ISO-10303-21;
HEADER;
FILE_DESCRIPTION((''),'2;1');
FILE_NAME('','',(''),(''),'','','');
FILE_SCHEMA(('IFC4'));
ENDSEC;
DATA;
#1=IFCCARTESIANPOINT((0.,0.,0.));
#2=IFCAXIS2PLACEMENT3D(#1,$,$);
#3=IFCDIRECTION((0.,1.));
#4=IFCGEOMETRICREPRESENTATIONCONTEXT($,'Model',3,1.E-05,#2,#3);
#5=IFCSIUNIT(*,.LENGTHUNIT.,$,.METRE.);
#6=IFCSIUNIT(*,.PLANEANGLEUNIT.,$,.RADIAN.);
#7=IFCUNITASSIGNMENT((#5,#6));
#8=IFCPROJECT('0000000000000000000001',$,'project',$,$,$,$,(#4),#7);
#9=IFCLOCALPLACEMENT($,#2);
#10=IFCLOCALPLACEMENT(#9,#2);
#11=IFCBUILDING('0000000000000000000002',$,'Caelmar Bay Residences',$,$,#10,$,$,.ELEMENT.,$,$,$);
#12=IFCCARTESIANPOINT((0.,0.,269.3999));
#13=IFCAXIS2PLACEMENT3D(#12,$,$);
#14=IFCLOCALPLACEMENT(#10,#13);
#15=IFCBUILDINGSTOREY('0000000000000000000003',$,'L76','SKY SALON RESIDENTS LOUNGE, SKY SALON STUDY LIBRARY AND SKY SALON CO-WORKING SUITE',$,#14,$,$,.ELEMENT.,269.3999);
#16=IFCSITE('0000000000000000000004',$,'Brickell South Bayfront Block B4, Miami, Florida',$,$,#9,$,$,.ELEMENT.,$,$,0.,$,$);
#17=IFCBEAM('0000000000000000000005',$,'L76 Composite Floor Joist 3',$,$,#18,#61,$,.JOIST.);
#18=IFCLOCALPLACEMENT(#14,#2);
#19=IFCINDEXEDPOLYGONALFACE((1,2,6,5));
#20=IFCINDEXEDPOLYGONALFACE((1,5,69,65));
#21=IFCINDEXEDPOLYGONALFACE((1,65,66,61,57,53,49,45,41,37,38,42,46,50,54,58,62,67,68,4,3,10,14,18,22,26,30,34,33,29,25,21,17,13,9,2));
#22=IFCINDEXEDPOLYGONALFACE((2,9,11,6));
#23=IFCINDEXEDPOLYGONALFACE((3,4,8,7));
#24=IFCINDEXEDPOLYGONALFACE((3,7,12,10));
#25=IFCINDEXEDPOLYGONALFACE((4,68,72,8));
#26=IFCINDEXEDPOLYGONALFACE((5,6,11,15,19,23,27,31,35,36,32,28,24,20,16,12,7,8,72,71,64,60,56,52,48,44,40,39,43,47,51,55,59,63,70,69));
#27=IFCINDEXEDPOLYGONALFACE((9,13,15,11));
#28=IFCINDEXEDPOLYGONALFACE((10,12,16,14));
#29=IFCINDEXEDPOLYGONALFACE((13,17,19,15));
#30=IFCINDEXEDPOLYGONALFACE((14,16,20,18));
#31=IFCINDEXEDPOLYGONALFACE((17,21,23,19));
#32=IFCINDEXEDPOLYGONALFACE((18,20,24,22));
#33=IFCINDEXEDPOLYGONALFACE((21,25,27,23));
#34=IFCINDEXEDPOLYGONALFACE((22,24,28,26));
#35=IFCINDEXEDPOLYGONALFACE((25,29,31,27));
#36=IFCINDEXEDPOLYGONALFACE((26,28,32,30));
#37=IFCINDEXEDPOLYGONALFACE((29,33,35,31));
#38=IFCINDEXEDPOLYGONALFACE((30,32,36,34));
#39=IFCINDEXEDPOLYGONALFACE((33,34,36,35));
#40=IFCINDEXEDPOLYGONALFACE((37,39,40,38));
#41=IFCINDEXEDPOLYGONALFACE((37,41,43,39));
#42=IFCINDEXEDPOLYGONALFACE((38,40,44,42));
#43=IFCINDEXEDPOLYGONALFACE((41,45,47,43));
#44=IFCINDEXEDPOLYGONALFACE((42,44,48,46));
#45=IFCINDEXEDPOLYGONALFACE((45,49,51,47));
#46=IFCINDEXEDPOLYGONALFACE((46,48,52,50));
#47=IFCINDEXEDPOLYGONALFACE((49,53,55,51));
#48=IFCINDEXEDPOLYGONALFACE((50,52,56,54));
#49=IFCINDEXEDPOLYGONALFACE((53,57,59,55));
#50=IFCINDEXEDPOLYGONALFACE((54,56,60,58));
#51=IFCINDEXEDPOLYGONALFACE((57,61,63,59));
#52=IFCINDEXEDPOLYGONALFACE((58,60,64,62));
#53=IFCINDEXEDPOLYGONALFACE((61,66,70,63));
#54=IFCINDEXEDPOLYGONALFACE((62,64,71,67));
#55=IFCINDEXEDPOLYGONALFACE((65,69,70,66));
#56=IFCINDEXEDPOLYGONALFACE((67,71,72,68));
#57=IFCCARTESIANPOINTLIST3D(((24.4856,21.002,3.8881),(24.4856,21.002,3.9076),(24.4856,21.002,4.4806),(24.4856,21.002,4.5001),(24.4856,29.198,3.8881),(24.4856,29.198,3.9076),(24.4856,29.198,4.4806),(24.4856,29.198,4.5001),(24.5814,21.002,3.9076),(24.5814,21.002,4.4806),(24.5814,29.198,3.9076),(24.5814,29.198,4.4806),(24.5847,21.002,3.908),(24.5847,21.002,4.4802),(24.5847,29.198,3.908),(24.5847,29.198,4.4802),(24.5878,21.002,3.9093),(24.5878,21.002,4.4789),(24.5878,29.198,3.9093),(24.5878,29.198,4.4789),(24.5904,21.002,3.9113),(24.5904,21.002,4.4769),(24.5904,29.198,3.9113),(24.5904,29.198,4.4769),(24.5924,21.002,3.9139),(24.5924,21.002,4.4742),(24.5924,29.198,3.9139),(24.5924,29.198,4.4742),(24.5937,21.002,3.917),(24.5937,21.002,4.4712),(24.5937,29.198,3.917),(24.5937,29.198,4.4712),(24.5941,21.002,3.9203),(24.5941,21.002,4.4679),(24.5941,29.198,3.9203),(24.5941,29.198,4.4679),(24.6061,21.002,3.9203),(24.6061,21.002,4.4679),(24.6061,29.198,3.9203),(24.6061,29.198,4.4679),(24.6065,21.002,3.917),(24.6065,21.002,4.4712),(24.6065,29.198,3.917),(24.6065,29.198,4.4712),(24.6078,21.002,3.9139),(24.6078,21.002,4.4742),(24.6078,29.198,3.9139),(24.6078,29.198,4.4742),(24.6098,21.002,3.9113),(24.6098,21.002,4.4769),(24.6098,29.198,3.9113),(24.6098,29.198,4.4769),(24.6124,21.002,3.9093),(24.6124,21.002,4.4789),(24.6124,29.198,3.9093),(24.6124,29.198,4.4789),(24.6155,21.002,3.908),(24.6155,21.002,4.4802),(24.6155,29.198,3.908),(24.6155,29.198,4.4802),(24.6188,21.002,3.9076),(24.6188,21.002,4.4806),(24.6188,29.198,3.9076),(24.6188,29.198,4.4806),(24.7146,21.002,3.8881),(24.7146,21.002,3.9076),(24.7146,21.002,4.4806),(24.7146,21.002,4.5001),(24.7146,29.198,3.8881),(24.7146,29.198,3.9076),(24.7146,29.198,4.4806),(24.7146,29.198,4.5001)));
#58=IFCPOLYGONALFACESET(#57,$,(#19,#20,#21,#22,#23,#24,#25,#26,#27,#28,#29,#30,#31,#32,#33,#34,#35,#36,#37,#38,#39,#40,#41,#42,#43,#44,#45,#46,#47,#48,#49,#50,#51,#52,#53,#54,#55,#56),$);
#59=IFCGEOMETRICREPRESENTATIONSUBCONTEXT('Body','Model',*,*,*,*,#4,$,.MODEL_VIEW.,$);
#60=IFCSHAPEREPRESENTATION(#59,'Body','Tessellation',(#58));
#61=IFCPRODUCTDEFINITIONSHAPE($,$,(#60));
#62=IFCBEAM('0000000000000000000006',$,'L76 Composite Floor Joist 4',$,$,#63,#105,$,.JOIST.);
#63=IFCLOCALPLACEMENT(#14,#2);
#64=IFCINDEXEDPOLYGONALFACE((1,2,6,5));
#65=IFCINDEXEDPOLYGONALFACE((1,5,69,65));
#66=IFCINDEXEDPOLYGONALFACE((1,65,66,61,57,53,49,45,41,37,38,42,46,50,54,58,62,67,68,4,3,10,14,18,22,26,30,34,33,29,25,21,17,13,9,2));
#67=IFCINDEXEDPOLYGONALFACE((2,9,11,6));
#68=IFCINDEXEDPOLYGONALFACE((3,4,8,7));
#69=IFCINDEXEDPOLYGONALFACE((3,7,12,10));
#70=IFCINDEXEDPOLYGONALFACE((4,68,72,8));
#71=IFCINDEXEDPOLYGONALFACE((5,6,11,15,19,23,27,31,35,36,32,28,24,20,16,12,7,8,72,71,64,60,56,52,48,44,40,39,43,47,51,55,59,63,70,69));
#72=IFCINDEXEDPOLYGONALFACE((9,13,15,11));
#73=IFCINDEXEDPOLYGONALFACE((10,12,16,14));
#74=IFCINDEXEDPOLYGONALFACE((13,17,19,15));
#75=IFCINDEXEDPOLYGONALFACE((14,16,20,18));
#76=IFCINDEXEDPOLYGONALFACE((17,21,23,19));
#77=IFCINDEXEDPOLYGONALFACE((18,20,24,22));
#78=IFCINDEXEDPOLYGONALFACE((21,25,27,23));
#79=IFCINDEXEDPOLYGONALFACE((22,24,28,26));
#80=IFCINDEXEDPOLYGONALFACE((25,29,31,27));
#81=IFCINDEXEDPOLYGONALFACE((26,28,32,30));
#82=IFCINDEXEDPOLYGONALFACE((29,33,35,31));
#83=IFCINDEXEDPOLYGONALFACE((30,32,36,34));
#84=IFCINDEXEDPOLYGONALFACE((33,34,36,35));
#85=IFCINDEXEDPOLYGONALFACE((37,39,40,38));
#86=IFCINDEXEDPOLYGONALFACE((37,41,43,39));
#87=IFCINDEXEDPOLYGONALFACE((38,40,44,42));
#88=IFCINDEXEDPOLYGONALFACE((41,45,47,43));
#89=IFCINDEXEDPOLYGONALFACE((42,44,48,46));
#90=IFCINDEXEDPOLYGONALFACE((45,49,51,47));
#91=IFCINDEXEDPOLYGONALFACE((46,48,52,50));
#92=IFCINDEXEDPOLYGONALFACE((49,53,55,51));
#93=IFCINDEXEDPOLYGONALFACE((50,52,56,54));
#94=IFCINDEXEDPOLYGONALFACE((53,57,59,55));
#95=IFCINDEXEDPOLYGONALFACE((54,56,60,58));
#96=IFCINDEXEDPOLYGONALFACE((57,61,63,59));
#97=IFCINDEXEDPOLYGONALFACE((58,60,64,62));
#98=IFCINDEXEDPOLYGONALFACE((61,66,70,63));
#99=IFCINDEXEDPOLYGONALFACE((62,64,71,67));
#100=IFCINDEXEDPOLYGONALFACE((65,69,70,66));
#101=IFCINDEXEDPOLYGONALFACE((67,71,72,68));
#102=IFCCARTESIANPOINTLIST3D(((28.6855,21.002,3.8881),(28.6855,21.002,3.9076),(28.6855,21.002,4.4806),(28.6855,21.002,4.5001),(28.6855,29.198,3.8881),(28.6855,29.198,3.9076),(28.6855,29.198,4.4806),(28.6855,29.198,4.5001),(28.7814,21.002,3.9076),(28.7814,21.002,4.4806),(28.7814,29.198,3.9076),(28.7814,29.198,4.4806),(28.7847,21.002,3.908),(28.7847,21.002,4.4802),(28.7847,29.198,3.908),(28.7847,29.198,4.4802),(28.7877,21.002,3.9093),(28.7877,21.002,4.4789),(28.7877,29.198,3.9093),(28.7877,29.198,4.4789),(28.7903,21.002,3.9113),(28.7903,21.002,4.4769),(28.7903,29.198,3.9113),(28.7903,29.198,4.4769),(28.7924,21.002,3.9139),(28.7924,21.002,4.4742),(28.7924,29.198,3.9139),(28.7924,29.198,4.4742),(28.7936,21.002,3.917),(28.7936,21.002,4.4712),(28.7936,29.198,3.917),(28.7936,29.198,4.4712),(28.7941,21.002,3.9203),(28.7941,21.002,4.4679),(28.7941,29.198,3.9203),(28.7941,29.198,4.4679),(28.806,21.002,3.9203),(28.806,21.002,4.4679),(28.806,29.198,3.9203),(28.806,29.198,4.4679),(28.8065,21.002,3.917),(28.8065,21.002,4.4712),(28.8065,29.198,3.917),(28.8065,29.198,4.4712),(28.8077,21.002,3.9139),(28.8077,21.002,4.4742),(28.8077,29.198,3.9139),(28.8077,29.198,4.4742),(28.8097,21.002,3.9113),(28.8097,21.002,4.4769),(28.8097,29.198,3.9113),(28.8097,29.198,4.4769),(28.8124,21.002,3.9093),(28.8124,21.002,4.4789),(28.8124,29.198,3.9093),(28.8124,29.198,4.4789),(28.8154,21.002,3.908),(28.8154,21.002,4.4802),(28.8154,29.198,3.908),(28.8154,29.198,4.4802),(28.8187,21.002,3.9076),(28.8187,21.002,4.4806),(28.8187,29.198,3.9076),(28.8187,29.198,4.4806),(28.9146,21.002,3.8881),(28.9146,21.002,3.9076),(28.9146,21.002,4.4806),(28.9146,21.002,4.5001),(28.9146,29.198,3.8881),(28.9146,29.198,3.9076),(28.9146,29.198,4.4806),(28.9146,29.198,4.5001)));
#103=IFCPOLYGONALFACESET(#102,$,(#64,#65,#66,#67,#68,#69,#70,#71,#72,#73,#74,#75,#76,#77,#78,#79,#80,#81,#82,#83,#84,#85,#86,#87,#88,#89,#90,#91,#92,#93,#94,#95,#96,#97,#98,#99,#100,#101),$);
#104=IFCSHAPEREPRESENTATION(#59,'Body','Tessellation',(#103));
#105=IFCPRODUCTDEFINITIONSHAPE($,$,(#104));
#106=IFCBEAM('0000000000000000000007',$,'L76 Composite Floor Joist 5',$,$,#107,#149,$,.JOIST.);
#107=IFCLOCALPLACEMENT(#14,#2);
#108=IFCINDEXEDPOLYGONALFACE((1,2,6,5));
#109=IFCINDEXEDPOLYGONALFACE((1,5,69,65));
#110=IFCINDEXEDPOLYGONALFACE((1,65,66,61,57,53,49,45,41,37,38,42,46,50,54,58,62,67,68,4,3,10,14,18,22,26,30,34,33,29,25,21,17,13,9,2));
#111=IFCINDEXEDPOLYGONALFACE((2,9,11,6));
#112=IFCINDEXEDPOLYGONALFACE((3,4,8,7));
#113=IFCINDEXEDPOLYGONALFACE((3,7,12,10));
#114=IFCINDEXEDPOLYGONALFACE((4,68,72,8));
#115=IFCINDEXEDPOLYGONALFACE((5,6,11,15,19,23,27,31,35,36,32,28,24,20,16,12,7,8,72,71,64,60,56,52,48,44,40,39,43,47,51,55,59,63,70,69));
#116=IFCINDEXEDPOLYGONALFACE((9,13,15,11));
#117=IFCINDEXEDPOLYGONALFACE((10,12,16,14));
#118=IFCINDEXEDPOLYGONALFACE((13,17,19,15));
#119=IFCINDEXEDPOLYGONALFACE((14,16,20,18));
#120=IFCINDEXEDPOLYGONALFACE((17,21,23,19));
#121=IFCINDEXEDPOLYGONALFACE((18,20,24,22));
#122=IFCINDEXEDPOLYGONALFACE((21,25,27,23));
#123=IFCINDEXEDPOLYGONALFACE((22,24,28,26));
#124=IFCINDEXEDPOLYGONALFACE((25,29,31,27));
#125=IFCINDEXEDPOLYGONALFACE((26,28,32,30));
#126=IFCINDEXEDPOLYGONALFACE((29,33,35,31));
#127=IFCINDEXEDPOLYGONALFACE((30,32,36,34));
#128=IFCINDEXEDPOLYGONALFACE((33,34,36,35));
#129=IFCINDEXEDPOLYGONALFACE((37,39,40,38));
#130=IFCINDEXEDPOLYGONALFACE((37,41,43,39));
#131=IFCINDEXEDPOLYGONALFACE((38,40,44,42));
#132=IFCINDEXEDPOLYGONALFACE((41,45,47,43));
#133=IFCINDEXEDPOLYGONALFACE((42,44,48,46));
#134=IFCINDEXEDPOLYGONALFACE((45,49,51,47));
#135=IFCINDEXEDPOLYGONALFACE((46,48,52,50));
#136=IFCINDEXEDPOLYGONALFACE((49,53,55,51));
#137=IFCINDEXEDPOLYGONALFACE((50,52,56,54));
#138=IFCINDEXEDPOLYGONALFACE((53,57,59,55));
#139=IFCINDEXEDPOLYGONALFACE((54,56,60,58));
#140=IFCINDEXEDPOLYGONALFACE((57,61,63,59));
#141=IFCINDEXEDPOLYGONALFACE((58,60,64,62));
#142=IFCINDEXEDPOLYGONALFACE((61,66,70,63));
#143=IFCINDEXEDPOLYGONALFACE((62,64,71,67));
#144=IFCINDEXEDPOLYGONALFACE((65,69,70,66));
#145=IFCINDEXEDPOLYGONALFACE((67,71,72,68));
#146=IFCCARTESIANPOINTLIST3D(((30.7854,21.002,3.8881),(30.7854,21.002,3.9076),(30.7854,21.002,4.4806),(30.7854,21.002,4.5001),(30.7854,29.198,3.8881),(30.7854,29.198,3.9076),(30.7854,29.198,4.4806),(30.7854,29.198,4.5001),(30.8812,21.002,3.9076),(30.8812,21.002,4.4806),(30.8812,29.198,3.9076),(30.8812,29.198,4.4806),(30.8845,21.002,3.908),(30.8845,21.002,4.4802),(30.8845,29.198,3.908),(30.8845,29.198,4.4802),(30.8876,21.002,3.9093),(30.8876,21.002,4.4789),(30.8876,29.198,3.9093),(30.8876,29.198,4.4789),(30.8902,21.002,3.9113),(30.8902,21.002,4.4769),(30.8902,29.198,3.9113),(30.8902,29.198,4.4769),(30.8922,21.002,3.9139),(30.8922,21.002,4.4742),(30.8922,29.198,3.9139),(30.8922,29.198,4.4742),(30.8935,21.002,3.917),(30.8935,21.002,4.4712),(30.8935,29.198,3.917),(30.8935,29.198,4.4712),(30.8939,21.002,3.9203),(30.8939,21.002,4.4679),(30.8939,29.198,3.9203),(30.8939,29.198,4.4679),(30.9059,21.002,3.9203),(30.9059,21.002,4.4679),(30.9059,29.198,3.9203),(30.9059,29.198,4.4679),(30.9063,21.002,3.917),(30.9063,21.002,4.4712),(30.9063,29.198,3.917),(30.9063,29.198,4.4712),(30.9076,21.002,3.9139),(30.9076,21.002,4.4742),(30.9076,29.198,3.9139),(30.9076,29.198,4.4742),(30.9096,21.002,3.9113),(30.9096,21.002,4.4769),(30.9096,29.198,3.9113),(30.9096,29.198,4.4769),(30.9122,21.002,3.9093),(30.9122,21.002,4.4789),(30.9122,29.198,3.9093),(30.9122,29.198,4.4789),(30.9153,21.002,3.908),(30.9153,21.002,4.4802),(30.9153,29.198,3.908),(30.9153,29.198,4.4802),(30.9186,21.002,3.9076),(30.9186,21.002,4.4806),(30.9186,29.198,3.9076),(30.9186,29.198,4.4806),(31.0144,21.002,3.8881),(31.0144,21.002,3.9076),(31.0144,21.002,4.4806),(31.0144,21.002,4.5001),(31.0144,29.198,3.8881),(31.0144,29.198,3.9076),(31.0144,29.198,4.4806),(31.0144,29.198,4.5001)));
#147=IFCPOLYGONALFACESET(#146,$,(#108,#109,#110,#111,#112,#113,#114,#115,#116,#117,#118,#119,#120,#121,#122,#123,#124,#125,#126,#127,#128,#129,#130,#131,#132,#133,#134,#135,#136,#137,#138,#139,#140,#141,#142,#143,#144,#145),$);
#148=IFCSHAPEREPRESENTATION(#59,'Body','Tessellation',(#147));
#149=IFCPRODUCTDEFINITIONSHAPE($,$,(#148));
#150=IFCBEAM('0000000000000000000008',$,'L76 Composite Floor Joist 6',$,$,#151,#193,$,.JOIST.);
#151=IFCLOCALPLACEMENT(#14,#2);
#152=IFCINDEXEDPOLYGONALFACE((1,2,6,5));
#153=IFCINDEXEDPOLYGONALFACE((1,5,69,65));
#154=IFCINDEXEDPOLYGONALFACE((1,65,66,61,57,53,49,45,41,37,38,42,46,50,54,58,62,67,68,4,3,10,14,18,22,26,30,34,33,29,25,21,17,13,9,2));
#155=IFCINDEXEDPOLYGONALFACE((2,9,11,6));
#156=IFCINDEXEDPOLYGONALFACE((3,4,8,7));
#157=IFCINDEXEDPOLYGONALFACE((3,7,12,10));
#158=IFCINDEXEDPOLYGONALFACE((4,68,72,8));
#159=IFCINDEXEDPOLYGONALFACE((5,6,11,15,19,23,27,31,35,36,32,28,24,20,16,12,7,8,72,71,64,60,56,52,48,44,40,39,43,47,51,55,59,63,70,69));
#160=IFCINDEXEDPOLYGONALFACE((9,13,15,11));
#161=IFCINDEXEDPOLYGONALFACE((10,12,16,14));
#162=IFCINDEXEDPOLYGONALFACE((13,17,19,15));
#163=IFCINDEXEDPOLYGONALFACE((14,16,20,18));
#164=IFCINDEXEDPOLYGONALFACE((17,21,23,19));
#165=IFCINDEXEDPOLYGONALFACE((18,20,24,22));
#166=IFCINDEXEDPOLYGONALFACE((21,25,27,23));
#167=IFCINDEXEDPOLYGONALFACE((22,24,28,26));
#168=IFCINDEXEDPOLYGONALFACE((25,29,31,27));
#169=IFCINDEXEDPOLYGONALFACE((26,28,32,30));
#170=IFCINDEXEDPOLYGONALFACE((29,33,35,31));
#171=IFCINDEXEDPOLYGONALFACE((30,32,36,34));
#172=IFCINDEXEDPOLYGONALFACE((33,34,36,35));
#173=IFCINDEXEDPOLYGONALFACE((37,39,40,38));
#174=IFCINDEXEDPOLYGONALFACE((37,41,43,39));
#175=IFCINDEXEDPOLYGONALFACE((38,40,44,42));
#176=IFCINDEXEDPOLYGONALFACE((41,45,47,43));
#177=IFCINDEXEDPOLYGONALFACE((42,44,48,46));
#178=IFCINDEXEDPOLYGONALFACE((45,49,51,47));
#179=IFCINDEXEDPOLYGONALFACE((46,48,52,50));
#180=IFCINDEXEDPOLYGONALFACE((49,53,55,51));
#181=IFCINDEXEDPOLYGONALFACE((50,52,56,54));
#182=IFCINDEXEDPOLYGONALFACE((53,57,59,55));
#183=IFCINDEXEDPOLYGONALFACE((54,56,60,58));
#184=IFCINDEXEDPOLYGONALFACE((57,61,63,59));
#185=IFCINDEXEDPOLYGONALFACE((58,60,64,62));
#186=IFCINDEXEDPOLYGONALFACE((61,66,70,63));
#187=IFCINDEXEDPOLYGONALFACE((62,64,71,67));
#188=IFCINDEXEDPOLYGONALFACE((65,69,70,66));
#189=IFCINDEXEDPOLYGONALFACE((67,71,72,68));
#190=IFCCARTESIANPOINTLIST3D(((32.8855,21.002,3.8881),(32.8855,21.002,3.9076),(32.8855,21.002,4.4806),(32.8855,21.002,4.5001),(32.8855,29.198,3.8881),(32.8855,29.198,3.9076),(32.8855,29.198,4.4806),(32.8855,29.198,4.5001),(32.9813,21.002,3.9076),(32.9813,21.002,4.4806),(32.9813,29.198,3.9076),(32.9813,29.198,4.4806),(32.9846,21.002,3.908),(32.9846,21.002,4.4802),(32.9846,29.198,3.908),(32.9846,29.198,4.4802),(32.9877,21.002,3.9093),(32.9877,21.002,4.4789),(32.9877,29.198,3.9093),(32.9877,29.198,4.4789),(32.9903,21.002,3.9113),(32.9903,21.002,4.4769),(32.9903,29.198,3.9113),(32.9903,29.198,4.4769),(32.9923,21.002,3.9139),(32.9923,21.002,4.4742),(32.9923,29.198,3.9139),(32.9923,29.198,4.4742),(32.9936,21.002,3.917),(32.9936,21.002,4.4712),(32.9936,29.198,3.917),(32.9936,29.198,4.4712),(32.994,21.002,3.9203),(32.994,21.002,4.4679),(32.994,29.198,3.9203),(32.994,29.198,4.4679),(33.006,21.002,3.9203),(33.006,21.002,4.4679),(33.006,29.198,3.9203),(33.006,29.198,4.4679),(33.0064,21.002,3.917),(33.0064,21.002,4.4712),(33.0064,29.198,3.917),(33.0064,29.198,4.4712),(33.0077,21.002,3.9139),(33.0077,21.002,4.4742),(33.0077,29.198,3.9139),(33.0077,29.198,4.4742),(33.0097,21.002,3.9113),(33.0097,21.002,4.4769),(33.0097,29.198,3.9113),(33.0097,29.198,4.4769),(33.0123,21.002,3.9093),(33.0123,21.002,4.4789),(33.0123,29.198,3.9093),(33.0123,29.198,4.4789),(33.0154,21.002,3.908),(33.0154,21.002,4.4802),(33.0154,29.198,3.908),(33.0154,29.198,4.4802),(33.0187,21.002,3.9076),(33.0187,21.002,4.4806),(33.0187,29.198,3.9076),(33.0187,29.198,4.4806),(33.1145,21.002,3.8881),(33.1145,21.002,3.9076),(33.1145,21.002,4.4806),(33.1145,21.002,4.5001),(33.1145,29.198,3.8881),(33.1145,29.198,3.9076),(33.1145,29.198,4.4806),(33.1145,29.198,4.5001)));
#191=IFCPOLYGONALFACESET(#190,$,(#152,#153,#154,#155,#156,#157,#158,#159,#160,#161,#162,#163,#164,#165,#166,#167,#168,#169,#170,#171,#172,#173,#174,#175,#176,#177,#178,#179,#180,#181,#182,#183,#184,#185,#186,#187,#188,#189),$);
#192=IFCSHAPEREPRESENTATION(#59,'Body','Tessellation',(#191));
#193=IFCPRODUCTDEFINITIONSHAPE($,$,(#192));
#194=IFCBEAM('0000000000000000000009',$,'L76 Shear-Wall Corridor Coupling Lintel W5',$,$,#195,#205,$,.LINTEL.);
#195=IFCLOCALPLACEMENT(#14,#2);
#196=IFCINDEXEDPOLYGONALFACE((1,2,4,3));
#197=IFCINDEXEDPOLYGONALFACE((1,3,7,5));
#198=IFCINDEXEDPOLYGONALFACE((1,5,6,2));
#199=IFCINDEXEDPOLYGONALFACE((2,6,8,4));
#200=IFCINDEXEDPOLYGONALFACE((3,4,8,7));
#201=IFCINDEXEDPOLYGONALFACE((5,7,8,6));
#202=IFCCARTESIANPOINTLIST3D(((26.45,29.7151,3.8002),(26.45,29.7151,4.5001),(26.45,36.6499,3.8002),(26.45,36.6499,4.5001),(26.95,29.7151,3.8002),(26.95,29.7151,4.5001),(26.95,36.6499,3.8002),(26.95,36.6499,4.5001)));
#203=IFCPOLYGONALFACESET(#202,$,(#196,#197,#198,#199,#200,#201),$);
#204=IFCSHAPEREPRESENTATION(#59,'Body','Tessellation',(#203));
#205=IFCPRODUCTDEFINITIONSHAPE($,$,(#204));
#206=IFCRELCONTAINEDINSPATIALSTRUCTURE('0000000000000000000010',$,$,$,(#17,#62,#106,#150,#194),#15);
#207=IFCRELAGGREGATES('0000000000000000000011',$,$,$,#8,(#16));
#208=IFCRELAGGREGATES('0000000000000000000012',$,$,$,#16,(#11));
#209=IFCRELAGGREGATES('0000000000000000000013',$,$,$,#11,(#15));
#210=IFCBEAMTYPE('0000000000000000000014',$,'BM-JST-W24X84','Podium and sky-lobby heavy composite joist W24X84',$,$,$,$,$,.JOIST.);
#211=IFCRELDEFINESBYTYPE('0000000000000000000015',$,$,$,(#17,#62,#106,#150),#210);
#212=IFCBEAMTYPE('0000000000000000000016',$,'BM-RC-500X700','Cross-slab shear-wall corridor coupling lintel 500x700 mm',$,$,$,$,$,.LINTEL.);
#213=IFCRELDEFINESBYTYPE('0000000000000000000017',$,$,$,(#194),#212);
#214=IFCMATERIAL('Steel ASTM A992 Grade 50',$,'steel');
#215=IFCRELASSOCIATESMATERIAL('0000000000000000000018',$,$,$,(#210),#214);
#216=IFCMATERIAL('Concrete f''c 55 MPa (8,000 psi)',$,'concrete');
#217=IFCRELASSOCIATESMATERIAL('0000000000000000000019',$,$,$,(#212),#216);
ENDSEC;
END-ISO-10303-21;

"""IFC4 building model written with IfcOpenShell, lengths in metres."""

from ifc_helpers import new_model, si_unit, direction, frame, origin, origin_2d, place, context, subcontext, project, spatial, rectangle, i_section, extrude, material, material_profile, profile_set, type_object, element, save


model = new_model("IFC4")

# Units and contexts
model_context = context("Model", 3, precision=1e-05, world=origin(), true_north=direction((0.0, 1.0)))
body_context = subcontext(model_context, "Body", "Model", "MODEL_VIEW")
ifc_project = project(units=[si_unit("LENGTHUNIT", "METRE"), si_unit("PLANEANGLEUNIT", "RADIAN")], contexts=[model_context])

# Site, building, storey
site_placement = place(None, origin())
site = spatial("IfcSite", under=ifc_project, at=site_placement, Name="Brickell South Bayfront Block B4, Miami, Florida", CompositionType="ELEMENT", RefElevation=0.0)
building_placement = place(site_placement, origin())
building = spatial("IfcBuilding", under=site, at=building_placement, Name="Caelmar Bay Residences", CompositionType="ELEMENT")
storey_placement = place(building_placement, frame((0.0, 0.0, 269.3999)))
storey = spatial("IfcBuildingStorey", under=building, at=storey_placement, Name="L76", Description="SKY SALON RESIDENTS LOUNGE, SKY SALON STUDY LIBRARY AND SKY SALON CO-WORKING SUITE", CompositionType="ELEMENT", Elevation=269.3999)

# Shared definitions
ifc_material_1 = material(Name="Concrete f'c 55 MPa (8,000 psi)", Category="concrete")

# Beams
ifc_material_2 = material(Name="Steel ASTM A992 Grade 50", Category="steel")
ifc_material_profile_1 = material_profile(ifc_material_2, i_section(OverallWidth=0.229, OverallDepth=0.6121, WebThickness=0.012, FlangeThickness=0.0195, FilletRadius=0.0127, at=origin_2d()), Name="W24X84")
ifc_profile_set_1 = profile_set([ifc_material_profile_1], Name="Steel ASTM A992 Grade 50")
beam_type_1 = type_object("IfcBeamType", Name="BM-JST-W24X84", Description="Podium and sky-lobby heavy composite joist W24X84", PredefinedType="JOIST", material=ifc_profile_set_1)
for number, where, z_axis, x_axis, name in (
    (1, (24.6001, 21.002, 4.1941), (0.0, 1.0, 0.0), (-1.0, 0.0, 0.0), "L76 Composite Floor Joist 3"),
    (2, (28.8, 21.002, 4.1941), (0.0, 1.0, 0.0), (-1.0, 0.0, 0.0), "L76 Composite Floor Joist 4"),
    (3, (30.8999, 21.002, 4.1941), (0.0, 1.0, 0.0), (-1.0, 0.0, 0.0), "L76 Composite Floor Joist 5"),
    (4, (33.0, 21.002, 4.1941), (0.0, 1.0, 0.0), (-1.0, 0.0, 0.0), "L76 Composite Floor Joist 6"),
):
    element("IfcBeam", number, at=place(storey_placement, frame(where, z_axis=z_axis, x_axis=x_axis)), inside=storey, type_object=beam_type_1, Name=name, PredefinedType="JOIST", context=body_context, shape_type="SweptSolid", body=[
        extrude(i_section(OverallWidth=0.229, OverallDepth=0.6121, WebThickness=0.012, FlangeThickness=0.0195, FilletRadius=0.0127, at=origin_2d()), origin(), (0.0, 0.0, 1.0), 8.196),
    ])
ifc_material_profile_2 = material_profile(ifc_material_1, rectangle(XDim=0.5, YDim=0.7, at=origin_2d()), Name="RC-BM-500X700")
ifc_profile_set_2 = profile_set([ifc_material_profile_2], Name="Concrete f'c 55 MPa (8,000 psi)")
beam_type_2 = type_object("IfcBeamType", Name="BM-RC-500X700", Description="Cross-slab shear-wall corridor coupling lintel 500x700 mm", PredefinedType="LINTEL", material=ifc_profile_set_2)
beam_1_placement = place(storey_placement, frame((26.7, 29.7151, 4.1501), z_axis=(0.0, 1.0, 0.0), x_axis=(-1.0, 0.0, 0.0)))
element("IfcBeam", 5, at=beam_1_placement, inside=storey, type_object=beam_type_2, Name="L76 Shear-Wall Corridor Coupling Lintel W5", PredefinedType="LINTEL", context=body_context, shape_type="SweptSolid", body=[
    extrude(rectangle(XDim=0.5, YDim=0.7, at=origin_2d()), origin(), (0.0, 0.0, 1.0), 6.9348),
])

save(model, "model.ifc")
